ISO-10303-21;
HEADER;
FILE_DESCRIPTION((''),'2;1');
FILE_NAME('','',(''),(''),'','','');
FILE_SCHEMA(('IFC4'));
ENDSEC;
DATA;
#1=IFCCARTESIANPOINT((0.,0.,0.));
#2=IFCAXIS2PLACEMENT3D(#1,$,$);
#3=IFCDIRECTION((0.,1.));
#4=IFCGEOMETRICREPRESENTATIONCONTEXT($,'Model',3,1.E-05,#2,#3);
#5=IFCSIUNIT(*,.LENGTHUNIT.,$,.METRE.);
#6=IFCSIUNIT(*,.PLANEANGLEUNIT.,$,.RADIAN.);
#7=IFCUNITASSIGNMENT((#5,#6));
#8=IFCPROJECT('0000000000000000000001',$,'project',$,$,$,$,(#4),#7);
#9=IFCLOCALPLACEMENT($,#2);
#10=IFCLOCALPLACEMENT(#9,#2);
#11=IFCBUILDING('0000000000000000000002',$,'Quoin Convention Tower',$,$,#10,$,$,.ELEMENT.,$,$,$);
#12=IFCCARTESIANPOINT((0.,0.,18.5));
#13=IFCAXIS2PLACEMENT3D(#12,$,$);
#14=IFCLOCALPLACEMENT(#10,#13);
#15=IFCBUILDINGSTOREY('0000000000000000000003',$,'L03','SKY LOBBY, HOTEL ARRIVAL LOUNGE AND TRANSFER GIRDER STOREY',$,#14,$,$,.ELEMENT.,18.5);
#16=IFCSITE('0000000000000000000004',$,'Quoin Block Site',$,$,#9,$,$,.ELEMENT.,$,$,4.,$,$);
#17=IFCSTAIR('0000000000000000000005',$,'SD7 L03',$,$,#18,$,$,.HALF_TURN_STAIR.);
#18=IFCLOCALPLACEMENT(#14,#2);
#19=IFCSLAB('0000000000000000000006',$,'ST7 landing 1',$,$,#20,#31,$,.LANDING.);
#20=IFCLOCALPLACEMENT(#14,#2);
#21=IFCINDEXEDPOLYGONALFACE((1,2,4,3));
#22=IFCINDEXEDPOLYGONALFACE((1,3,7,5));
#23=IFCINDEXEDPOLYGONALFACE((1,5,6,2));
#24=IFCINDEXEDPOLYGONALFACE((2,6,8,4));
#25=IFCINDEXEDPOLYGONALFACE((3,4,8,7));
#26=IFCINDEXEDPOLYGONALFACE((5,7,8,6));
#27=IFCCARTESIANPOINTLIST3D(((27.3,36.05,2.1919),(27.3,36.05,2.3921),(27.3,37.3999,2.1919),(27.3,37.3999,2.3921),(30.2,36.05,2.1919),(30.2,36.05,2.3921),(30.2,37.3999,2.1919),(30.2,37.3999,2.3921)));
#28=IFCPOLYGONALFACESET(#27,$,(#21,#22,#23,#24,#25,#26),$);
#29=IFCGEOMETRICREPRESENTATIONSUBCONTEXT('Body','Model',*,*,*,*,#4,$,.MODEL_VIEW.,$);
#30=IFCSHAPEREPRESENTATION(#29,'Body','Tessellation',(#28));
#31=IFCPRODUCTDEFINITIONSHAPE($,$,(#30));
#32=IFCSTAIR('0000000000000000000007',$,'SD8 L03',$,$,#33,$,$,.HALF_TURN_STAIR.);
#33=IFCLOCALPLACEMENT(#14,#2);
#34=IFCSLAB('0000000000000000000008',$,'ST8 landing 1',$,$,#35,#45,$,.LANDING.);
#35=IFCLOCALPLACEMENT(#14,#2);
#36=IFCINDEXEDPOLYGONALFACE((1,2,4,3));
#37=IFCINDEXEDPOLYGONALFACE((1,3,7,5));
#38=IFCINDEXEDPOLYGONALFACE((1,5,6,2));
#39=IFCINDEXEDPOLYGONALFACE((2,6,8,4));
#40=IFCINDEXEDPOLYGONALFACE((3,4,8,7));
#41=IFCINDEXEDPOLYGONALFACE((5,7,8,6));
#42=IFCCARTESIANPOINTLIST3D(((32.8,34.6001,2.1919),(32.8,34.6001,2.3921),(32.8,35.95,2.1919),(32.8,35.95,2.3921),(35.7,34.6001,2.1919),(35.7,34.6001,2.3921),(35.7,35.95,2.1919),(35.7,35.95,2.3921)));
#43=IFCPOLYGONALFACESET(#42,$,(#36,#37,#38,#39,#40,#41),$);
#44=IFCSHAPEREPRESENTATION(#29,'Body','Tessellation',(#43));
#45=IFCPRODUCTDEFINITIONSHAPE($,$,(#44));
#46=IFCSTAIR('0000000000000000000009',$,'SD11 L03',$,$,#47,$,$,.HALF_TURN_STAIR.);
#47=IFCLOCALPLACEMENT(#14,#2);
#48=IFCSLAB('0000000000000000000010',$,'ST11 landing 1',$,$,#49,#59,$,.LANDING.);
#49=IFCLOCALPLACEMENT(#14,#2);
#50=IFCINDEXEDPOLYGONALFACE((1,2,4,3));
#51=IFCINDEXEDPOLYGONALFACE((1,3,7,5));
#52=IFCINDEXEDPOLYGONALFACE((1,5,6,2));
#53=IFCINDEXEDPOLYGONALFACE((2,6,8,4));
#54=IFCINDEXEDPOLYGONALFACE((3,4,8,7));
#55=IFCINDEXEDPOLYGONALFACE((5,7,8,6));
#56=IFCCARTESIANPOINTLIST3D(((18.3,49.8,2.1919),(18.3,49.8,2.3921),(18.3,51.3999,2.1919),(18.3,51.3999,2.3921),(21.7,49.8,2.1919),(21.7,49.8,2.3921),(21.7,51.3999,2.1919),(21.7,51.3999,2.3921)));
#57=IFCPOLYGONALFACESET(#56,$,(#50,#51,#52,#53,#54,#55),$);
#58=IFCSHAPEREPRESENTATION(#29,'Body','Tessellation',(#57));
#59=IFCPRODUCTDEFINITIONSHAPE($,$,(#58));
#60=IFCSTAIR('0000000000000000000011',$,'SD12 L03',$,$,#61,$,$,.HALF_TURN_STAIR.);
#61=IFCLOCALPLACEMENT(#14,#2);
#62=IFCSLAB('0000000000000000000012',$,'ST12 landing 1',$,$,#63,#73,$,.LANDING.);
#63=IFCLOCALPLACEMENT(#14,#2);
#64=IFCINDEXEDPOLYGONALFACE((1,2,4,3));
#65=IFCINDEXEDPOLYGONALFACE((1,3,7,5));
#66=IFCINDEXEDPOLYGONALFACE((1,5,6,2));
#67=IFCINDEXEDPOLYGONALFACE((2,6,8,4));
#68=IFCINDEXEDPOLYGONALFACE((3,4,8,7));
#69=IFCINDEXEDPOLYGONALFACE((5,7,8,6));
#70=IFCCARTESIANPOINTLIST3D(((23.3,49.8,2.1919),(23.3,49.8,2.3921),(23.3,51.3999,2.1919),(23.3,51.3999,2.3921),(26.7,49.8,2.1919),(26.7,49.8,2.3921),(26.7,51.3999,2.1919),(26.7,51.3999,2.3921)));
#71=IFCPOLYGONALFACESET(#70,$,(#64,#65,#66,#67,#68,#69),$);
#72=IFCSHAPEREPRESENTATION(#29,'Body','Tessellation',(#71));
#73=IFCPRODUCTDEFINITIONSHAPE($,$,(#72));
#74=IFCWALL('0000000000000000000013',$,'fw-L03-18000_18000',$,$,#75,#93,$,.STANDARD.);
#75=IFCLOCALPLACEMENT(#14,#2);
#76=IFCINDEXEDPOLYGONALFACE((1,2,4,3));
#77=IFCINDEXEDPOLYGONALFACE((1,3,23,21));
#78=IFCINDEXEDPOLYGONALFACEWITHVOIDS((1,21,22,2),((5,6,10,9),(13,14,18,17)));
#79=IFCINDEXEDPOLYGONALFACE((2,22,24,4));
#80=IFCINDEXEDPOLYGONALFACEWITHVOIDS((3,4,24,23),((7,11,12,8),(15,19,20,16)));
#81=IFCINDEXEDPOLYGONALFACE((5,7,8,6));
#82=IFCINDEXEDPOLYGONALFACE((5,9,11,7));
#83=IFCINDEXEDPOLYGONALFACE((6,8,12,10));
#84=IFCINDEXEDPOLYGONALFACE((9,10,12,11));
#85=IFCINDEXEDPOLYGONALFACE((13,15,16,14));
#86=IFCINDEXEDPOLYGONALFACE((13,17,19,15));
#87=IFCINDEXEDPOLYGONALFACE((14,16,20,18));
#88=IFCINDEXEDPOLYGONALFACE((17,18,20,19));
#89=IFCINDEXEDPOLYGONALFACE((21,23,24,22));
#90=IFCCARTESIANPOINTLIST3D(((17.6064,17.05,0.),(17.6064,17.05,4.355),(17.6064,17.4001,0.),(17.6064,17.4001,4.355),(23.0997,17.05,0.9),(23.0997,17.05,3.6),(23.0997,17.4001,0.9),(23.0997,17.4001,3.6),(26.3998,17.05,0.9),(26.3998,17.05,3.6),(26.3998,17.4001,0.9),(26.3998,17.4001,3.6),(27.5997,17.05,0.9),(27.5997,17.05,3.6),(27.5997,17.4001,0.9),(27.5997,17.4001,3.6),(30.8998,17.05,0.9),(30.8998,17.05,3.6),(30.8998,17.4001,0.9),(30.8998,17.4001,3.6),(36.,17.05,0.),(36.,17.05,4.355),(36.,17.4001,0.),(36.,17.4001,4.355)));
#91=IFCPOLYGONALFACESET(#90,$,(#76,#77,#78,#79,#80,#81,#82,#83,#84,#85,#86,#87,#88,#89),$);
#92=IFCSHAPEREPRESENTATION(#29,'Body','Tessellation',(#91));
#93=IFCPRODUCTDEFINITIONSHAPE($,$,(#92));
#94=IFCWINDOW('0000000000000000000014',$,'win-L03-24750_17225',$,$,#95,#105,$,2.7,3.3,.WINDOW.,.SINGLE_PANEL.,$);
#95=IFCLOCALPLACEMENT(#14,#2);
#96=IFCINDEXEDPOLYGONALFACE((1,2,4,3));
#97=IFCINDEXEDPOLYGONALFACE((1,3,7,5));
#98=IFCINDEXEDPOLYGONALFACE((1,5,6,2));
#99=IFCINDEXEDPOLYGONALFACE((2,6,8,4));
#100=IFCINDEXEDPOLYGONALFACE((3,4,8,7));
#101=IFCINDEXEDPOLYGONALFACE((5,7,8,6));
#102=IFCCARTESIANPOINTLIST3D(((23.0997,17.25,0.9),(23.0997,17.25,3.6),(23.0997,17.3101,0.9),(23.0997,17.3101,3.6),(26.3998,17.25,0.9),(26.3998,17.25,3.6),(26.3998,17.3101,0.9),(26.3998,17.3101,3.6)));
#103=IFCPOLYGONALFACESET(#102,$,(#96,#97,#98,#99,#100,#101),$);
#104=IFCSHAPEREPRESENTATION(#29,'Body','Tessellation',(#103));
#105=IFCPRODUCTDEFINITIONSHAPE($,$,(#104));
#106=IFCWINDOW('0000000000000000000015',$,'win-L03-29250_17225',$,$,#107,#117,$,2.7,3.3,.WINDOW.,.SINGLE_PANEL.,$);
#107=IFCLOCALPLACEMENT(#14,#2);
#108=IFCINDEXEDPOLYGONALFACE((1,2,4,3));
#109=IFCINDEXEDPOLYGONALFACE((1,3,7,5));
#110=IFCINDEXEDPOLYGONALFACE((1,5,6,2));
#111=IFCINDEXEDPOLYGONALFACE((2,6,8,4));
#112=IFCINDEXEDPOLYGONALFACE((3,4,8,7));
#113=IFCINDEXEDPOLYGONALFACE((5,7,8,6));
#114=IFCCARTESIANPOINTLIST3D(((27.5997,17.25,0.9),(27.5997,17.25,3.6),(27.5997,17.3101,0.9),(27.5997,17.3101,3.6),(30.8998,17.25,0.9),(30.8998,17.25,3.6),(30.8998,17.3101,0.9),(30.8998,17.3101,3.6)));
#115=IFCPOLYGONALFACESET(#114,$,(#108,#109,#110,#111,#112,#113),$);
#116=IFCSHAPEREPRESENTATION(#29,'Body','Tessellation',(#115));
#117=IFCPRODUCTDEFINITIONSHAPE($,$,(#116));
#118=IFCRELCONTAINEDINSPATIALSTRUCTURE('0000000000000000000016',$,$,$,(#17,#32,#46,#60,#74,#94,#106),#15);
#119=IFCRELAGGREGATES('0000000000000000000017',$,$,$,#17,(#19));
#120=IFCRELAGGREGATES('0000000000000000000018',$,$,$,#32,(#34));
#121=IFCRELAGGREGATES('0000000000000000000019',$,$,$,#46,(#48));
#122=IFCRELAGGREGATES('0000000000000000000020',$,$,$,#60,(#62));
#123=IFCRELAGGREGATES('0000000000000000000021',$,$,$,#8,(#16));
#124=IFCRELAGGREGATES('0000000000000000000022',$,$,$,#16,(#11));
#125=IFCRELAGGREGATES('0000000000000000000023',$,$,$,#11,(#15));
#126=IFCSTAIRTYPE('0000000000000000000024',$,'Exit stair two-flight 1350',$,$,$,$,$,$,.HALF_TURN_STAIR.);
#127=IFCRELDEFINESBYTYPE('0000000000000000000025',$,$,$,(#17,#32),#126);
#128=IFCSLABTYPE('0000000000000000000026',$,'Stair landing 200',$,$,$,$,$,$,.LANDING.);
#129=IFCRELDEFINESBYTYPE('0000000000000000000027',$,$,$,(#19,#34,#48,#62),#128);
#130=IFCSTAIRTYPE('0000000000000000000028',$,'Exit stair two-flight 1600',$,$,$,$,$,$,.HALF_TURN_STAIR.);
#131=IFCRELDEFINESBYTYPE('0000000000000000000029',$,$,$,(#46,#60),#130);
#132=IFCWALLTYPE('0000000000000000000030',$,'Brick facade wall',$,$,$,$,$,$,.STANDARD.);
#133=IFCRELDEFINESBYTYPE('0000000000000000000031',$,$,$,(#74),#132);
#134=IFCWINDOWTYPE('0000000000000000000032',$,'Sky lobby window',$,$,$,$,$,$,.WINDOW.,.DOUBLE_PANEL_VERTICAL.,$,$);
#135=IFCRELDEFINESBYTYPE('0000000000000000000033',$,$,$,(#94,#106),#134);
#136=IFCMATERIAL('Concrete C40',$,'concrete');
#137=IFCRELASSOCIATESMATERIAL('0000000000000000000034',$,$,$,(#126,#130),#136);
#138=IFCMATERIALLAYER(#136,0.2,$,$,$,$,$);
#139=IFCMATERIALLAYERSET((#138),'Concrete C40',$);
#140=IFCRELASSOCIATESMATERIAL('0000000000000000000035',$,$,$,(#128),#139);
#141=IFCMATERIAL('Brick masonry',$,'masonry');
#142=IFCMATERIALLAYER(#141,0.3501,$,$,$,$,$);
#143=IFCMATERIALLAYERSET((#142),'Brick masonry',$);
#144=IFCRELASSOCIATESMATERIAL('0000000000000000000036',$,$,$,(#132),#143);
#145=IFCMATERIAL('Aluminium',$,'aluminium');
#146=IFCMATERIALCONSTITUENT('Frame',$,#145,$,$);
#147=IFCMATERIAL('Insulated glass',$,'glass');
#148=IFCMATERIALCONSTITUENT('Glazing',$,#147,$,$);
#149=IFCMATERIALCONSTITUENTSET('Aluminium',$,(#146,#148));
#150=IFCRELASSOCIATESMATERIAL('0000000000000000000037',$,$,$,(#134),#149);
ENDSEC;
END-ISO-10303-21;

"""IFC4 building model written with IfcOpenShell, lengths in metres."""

from ifc_helpers import new_model, si_unit, direction, frame, frame_2d, origin, place, context, subcontext, project, spatial, polyline, rectangle, outline, extrude, material, layer, layer_set, constituent, constituent_set, type_object, element, fill, aggregate, save


model = new_model("IFC4")

# Units and contexts
model_context = context("Model", 3, precision=1e-05, world=origin(), true_north=direction((0.0, 1.0)))
body_context = subcontext(model_context, "Body", "Model", "MODEL_VIEW")
ifc_project = project(units=[si_unit("LENGTHUNIT", "METRE"), si_unit("PLANEANGLEUNIT", "RADIAN")], contexts=[model_context])

# Site, building, storey
site_placement = place(None, origin())
site = spatial("IfcSite", under=ifc_project, at=site_placement, Name="Quoin Block Site", CompositionType="ELEMENT", RefElevation=4.0)
building_placement = place(site_placement, origin())
building = spatial("IfcBuilding", under=site, at=building_placement, Name="Quoin Convention Tower", CompositionType="ELEMENT")
storey_placement = place(building_placement, frame((0.0, 0.0, 18.5)))
storey = spatial("IfcBuildingStorey", under=building, at=storey_placement, Name="L03", Description="SKY LOBBY, HOTEL ARRIVAL LOUNGE AND TRANSFER GIRDER STOREY", CompositionType="ELEMENT", Elevation=18.5)

# Stairs, slabs
ifc_material_1 = material(Name="Concrete C40", Category="concrete")
stair_type_1 = type_object("IfcStairType", Name="Exit stair two-flight 1350", PredefinedType="HALF_TURN_STAIR", material=ifc_material_1)
ifc_layer_1 = layer(ifc_material_1, 0.2)
ifc_layer_set_1 = layer_set([ifc_layer_1], Name="Concrete C40")
slab_type_1 = type_object("IfcSlabType", Name="Stair landing 200", PredefinedType="LANDING", material=ifc_layer_set_1)
stair_1_placement = place(storey_placement, origin())
stair_1 = element("IfcStair", 1, at=stair_1_placement, inside=storey, type_object=stair_type_1, Name="SD7 L03", PredefinedType="HALF_TURN_STAIR")
slab_1_placement = place(storey_placement, frame((0.0, 0.0, 2.1919)))
slab_1 = element("IfcSlab", 2, at=slab_1_placement, type_object=slab_type_1, Name="ST7 landing 1", PredefinedType="LANDING", context=body_context, shape_type="SweptSolid", body=[
    extrude(outline(polyline([(27.3, 36.05), (30.2, 36.05), (30.2, 37.3999), (27.3, 37.3999), (27.3, 36.05)])), origin(), (0.0, 0.0, 1.0), 0.2002),
])
aggregate(stair_1, [slab_1])
stair_2_placement = place(storey_placement, origin())
stair_2 = element("IfcStair", 3, at=stair_2_placement, inside=storey, type_object=stair_type_1, Name="SD8 L03", PredefinedType="HALF_TURN_STAIR")
slab_2_placement = place(storey_placement, frame((0.0, 0.0, 2.1919)))
slab_2 = element("IfcSlab", 4, at=slab_2_placement, type_object=slab_type_1, Name="ST8 landing 1", PredefinedType="LANDING", context=body_context, shape_type="SweptSolid", body=[
    extrude(outline(polyline([(35.7, 35.95), (32.8, 35.95), (32.8, 34.6001), (35.7, 34.6001), (35.7, 35.95)])), origin(), (0.0, 0.0, 1.0), 0.2002),
])
aggregate(stair_2, [slab_2])
stair_type_2 = type_object("IfcStairType", Name="Exit stair two-flight 1600", PredefinedType="HALF_TURN_STAIR", material=ifc_material_1)
stair_3_placement = place(storey_placement, origin())
stair_3 = element("IfcStair", 5, at=stair_3_placement, inside=storey, type_object=stair_type_2, Name="SD11 L03", PredefinedType="HALF_TURN_STAIR")
slab_3_placement = place(storey_placement, frame((0.0, 0.0, 2.1919)))
slab_3 = element("IfcSlab", 6, at=slab_3_placement, type_object=slab_type_1, Name="ST11 landing 1", PredefinedType="LANDING", context=body_context, shape_type="SweptSolid", body=[
    extrude(outline(polyline([(21.7, 51.3999), (18.3, 51.3999), (18.3, 49.8), (21.7, 49.8), (21.7, 51.3999)])), origin(), (0.0, 0.0, 1.0), 0.2002),
])
aggregate(stair_3, [slab_3])
stair_4_placement = place(storey_placement, origin())
stair_4 = element("IfcStair", 7, at=stair_4_placement, inside=storey, type_object=stair_type_2, Name="SD12 L03", PredefinedType="HALF_TURN_STAIR")
slab_4_placement = place(storey_placement, frame((0.0, 0.0, 2.1919)))
slab_4 = element("IfcSlab", 8, at=slab_4_placement, type_object=slab_type_1, Name="ST12 landing 1", PredefinedType="LANDING", context=body_context, shape_type="SweptSolid", body=[
    extrude(outline(polyline([(26.7, 51.3999), (23.3, 51.3999), (23.3, 49.8), (26.7, 49.8), (26.7, 51.3999)])), origin(), (0.0, 0.0, 1.0), 0.2002),
])
aggregate(stair_4, [slab_4])

# Wall, openings, windows
ifc_material_2 = material(Name="Brick masonry", Category="masonry")
ifc_layer_2 = layer(ifc_material_2, 0.3501)
ifc_layer_set_2 = layer_set([ifc_layer_2], Name="Brick masonry")
wall_type = type_object("IfcWallType", Name="Brick facade wall", PredefinedType="STANDARD", material=ifc_layer_set_2)
wall_placement = place(storey_placement, frame((17.6064, 17.2251, 0.0), z_axis=(0.0, 0.0, 1.0), x_axis=(1.0, 0.0, 0.0)))
wall = element("IfcWall", 9, at=wall_placement, inside=storey, type_object=wall_type, Name="fw-L03-18000_18000", PredefinedType="STANDARD", context=body_context, shape_type="SweptSolid", body=[
    extrude(rectangle(XDim=18.3936, YDim=0.3501, at=frame_2d((9.1968, 0.0))), origin(), (0.0, 0.0, 1.0), 4.355),
])
opening_1_placement = place(wall_placement, frame((5.4934, 0.0, 0.8999)))
opening_1 = element("IfcOpeningElement", 10, at=opening_1_placement, cuts=wall, PredefinedType="OPENING", context=body_context, shape_type="SweptSolid", body=[
    extrude(rectangle(XDim=3.3, YDim=2.7, at=frame_2d((1.6499, 1.3501))), frame((0.0, 0.1851, 0.0), z_axis=(0.0, -1.0, 0.0), x_axis=(1.0, 0.0, 0.0)), (0.0, 0.0, 1.0), 0.3701),
])
opening_2_placement = place(wall_placement, frame((9.9934, 0.0, 0.8999)))
opening_2 = element("IfcOpeningElement", 11, at=opening_2_placement, cuts=wall, PredefinedType="OPENING", context=body_context, shape_type="SweptSolid", body=[
    extrude(rectangle(XDim=3.3, YDim=2.7, at=frame_2d((1.6499, 1.3501))), frame((0.0, 0.1851, 0.0), z_axis=(0.0, -1.0, 0.0), x_axis=(1.0, 0.0, 0.0)), (0.0, 0.0, 1.0), 0.3701),
])
ifc_material_3 = material(Name="Aluminium", Category="aluminium")
ifc_constituent_1 = constituent(ifc_material_3, Name="Frame")
ifc_material_4 = material(Name="Insulated glass", Category="glass")
ifc_constituent_2 = constituent(ifc_material_4, Name="Glazing")
ifc_constituent_set = constituent_set(constituents=[ifc_constituent_1, ifc_constituent_2], Name="Aluminium")
window_type = type_object("IfcWindowType", Name="Sky lobby window", PartitioningType="DOUBLE_PANEL_VERTICAL", PredefinedType="WINDOW", material=ifc_constituent_set)
window_1_placement = place(opening_1_placement, origin())
window_1 = element("IfcWindow", 12, at=window_1_placement, inside=storey, type_object=window_type, Name="win-L03-24750_17225", OverallHeight=2.7, OverallWidth=3.3, PartitioningType="SINGLE_PANEL", PredefinedType="WINDOW", context=body_context, shape_type="SweptSolid", body=[
    extrude(rectangle(XDim=3.3, YDim=2.7, at=frame_2d((1.6499, 1.3501))), frame((0.0, 0.085, 0.0), z_axis=(0.0, -1.0, 0.0), x_axis=(1.0, 0.0, 0.0)), (0.0, 0.0, 1.0), 0.0601),
])
fill(opening_1, window_1)
window_2_placement = place(opening_2_placement, origin())
window_2 = element("IfcWindow", 13, at=window_2_placement, inside=storey, type_object=window_type, Name="win-L03-29250_17225", OverallHeight=2.7, OverallWidth=3.3, PartitioningType="SINGLE_PANEL", PredefinedType="WINDOW", context=body_context, shape_type="SweptSolid", body=[
    extrude(rectangle(XDim=3.3, YDim=2.7, at=frame_2d((1.6499, 1.3501))), frame((0.0, 0.085, 0.0), z_axis=(0.0, -1.0, 0.0), x_axis=(1.0, 0.0, 0.0)), (0.0, 0.0, 1.0), 0.0601),
])
fill(opening_2, window_2)

save(model, "model.ifc")
